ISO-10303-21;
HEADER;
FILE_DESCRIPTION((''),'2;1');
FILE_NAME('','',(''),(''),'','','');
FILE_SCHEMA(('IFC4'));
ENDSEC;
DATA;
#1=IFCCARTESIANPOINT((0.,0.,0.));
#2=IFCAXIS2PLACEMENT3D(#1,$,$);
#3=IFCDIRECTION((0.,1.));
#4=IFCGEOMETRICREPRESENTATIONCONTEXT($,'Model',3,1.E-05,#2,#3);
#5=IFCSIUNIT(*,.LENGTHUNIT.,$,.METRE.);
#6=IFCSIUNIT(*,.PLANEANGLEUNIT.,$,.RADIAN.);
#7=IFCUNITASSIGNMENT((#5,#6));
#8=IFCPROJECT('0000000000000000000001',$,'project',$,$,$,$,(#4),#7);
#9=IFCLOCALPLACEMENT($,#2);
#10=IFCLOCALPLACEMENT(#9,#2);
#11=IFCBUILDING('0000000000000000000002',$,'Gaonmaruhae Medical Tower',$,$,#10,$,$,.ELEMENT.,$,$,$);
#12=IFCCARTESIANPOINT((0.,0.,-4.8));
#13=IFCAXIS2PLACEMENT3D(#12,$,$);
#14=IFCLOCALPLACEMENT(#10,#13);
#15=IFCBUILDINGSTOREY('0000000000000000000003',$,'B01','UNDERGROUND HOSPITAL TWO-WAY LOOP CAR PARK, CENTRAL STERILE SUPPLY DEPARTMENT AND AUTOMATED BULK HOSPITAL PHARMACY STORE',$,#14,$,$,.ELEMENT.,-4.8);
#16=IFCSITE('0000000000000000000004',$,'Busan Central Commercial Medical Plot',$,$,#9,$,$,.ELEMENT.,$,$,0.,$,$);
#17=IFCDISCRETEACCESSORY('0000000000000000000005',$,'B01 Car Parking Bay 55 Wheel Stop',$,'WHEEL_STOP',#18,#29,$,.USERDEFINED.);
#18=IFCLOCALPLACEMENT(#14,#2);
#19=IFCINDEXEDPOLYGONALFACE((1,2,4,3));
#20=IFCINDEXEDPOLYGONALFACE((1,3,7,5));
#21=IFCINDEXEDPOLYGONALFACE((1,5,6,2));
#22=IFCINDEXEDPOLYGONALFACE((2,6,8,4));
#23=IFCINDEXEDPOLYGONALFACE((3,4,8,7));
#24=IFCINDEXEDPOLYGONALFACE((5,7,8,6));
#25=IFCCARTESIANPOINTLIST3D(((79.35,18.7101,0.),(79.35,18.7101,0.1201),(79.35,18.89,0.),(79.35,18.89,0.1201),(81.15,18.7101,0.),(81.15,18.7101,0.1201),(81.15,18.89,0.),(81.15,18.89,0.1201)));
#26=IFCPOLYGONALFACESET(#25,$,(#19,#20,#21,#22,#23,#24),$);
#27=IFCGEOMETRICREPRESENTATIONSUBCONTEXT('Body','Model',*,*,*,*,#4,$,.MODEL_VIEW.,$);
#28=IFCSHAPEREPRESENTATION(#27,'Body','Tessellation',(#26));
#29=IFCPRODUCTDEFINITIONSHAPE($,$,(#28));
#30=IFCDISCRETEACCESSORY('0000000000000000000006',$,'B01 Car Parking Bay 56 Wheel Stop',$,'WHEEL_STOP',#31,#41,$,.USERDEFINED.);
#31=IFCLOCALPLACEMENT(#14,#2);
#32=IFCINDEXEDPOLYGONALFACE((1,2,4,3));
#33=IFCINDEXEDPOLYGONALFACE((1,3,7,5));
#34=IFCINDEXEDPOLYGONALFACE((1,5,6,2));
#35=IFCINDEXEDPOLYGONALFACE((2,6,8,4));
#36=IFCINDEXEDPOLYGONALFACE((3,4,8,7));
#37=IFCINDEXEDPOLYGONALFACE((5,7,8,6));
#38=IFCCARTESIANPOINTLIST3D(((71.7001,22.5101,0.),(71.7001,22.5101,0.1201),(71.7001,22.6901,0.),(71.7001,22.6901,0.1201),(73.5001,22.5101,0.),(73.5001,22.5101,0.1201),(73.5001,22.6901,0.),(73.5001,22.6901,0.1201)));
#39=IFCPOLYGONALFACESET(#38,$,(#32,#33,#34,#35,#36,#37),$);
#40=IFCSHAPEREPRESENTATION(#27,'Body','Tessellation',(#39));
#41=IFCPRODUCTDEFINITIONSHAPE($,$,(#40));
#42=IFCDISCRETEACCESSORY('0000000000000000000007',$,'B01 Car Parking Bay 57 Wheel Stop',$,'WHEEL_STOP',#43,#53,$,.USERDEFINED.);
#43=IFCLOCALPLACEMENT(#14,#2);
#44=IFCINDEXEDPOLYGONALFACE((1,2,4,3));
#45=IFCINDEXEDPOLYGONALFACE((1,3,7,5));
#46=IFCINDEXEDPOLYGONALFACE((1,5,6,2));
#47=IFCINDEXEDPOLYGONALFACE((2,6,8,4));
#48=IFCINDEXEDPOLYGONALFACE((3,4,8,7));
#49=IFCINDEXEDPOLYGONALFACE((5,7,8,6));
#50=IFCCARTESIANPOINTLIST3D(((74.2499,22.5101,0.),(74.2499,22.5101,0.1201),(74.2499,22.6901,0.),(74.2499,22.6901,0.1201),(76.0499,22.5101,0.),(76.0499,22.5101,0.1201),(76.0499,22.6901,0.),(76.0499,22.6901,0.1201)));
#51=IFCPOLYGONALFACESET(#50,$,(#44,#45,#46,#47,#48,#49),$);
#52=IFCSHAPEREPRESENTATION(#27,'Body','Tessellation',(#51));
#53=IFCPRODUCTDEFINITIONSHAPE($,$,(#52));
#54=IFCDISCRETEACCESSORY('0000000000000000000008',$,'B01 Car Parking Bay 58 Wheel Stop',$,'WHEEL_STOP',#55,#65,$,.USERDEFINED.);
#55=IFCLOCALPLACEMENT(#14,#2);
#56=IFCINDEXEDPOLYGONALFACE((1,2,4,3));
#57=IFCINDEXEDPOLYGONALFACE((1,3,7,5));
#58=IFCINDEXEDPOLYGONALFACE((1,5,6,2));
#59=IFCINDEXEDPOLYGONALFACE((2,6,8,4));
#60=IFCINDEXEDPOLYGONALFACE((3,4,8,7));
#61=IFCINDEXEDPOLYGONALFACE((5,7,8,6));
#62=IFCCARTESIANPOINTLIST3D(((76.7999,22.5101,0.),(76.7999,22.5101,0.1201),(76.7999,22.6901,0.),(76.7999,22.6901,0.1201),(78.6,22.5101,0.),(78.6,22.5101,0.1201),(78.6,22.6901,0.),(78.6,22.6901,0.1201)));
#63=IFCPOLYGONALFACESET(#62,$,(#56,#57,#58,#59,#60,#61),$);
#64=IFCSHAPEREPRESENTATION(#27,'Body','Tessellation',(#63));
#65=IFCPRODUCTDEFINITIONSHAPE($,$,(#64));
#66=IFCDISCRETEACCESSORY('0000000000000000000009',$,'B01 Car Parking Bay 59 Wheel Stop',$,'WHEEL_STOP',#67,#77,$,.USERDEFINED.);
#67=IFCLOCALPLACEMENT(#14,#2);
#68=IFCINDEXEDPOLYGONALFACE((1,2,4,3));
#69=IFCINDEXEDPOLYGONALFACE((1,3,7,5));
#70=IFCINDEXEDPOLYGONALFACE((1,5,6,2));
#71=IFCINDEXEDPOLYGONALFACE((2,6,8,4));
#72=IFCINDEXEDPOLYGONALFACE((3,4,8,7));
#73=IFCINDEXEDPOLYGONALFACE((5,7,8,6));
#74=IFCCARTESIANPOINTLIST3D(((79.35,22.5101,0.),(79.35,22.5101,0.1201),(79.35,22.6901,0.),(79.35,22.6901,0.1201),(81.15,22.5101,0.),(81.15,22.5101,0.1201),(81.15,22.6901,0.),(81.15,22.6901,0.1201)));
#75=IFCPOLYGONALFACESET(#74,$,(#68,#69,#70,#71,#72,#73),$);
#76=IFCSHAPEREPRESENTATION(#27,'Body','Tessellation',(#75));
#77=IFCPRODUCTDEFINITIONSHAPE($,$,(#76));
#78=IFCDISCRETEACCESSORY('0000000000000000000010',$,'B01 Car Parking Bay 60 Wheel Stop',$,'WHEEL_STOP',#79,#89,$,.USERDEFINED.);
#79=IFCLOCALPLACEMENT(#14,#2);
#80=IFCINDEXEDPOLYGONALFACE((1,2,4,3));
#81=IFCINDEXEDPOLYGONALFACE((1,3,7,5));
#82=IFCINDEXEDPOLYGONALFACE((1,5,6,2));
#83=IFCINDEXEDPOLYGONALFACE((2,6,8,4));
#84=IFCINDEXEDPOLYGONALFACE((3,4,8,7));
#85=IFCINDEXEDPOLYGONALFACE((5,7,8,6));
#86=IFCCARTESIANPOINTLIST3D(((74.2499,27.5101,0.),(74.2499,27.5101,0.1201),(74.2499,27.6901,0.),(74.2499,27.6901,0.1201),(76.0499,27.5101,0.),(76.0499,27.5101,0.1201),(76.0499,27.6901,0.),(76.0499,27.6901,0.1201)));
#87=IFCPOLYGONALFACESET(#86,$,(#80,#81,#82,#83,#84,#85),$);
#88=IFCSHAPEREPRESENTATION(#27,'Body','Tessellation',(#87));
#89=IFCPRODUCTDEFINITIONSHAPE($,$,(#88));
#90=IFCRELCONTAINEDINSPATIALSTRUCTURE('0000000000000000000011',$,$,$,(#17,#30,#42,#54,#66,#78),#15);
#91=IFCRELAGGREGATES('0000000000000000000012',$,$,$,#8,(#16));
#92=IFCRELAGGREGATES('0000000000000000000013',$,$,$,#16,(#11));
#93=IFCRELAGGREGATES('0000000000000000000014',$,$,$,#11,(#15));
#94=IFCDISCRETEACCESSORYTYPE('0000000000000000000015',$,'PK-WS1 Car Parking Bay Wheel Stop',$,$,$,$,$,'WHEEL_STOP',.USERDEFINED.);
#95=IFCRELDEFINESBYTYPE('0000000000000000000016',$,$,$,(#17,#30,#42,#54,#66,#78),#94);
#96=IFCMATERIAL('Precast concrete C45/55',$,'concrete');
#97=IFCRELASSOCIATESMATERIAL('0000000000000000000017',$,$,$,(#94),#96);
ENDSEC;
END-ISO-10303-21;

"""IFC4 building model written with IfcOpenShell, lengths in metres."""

from ifc_helpers import new_model, si_unit, direction, frame, origin, origin_2d, place, context, subcontext, project, spatial, rectangle, extrude, material, type_object, element, save


model = new_model("IFC4")

# Units and contexts
model_context = context("Model", 3, precision=1e-05, world=origin(), true_north=direction((0.0, 1.0)))
body_context = subcontext(model_context, "Body", "Model", "MODEL_VIEW")
ifc_project = project(units=[si_unit("LENGTHUNIT", "METRE"), si_unit("PLANEANGLEUNIT", "RADIAN")], contexts=[model_context])

# Site, building, storey
site_placement = place(None, origin())
site = spatial("IfcSite", under=ifc_project, at=site_placement, Name="Busan Central Commercial Medical Plot", CompositionType="ELEMENT", RefElevation=0.0)
building_placement = place(site_placement, origin())
building = spatial("IfcBuilding", under=site, at=building_placement, Name="Gaonmaruhae Medical Tower", CompositionType="ELEMENT")
storey_placement = place(building_placement, frame((0.0, 0.0, -4.8)))
storey = spatial("IfcBuildingStorey", under=building, at=storey_placement, Name="B01", Description="UNDERGROUND HOSPITAL TWO-WAY LOOP CAR PARK, CENTRAL STERILE SUPPLY DEPARTMENT AND AUTOMATED BULK HOSPITAL PHARMACY STORE", CompositionType="ELEMENT", Elevation=-4.8)

# Discrete accessories
ifc_material_1 = material(Name="Precast concrete C45/55", Category="concrete")
discrete_accessory_type = type_object("IfcDiscreteAccessoryType", Name="PK-WS1 Car Parking Bay Wheel Stop", ElementType="WHEEL_STOP", PredefinedType="USERDEFINED", material=ifc_material_1)
for number, where, z_axis, x_axis, name in (
    (1, (80.25, 18.8, 0.0), (0.0, 0.0, 1.0), (1.0, 0.0, 0.0), "B01 Car Parking Bay 55 Wheel Stop"),
    (2, (72.6001, 22.6001, 0.0), (0.0, 0.0, 1.0), (1.0, 0.0, 0.0), "B01 Car Parking Bay 56 Wheel Stop"),
    (3, (75.1499, 22.6001, 0.0), (0.0, 0.0, 1.0), (1.0, 0.0, 0.0), "B01 Car Parking Bay 57 Wheel Stop"),
    (4, (77.7, 22.6001, 0.0), (0.0, 0.0, 1.0), (1.0, 0.0, 0.0), "B01 Car Parking Bay 58 Wheel Stop"),
    (5, (80.25, 22.6001, 0.0), (0.0, 0.0, 1.0), (1.0, 0.0, 0.0), "B01 Car Parking Bay 59 Wheel Stop"),
    (6, (75.1499, 27.6001, 0.0), (0.0, 0.0, 1.0), (1.0, 0.0, 0.0), "B01 Car Parking Bay 60 Wheel Stop"),
):
    element("IfcDiscreteAccessory", number, at=place(storey_placement, frame(where, z_axis=z_axis, x_axis=x_axis)), inside=storey, type_object=discrete_accessory_type, Name=name, ObjectType="WHEEL_STOP", PredefinedType="USERDEFINED", context=body_context, shape_type="SweptSolid", body=[
        extrude(rectangle(XDim=1.8, YDim=0.1799, at=origin_2d()), origin(), (0.0, 0.0, 1.0), 0.1201),
    ])

save(model, "model.ifc")
